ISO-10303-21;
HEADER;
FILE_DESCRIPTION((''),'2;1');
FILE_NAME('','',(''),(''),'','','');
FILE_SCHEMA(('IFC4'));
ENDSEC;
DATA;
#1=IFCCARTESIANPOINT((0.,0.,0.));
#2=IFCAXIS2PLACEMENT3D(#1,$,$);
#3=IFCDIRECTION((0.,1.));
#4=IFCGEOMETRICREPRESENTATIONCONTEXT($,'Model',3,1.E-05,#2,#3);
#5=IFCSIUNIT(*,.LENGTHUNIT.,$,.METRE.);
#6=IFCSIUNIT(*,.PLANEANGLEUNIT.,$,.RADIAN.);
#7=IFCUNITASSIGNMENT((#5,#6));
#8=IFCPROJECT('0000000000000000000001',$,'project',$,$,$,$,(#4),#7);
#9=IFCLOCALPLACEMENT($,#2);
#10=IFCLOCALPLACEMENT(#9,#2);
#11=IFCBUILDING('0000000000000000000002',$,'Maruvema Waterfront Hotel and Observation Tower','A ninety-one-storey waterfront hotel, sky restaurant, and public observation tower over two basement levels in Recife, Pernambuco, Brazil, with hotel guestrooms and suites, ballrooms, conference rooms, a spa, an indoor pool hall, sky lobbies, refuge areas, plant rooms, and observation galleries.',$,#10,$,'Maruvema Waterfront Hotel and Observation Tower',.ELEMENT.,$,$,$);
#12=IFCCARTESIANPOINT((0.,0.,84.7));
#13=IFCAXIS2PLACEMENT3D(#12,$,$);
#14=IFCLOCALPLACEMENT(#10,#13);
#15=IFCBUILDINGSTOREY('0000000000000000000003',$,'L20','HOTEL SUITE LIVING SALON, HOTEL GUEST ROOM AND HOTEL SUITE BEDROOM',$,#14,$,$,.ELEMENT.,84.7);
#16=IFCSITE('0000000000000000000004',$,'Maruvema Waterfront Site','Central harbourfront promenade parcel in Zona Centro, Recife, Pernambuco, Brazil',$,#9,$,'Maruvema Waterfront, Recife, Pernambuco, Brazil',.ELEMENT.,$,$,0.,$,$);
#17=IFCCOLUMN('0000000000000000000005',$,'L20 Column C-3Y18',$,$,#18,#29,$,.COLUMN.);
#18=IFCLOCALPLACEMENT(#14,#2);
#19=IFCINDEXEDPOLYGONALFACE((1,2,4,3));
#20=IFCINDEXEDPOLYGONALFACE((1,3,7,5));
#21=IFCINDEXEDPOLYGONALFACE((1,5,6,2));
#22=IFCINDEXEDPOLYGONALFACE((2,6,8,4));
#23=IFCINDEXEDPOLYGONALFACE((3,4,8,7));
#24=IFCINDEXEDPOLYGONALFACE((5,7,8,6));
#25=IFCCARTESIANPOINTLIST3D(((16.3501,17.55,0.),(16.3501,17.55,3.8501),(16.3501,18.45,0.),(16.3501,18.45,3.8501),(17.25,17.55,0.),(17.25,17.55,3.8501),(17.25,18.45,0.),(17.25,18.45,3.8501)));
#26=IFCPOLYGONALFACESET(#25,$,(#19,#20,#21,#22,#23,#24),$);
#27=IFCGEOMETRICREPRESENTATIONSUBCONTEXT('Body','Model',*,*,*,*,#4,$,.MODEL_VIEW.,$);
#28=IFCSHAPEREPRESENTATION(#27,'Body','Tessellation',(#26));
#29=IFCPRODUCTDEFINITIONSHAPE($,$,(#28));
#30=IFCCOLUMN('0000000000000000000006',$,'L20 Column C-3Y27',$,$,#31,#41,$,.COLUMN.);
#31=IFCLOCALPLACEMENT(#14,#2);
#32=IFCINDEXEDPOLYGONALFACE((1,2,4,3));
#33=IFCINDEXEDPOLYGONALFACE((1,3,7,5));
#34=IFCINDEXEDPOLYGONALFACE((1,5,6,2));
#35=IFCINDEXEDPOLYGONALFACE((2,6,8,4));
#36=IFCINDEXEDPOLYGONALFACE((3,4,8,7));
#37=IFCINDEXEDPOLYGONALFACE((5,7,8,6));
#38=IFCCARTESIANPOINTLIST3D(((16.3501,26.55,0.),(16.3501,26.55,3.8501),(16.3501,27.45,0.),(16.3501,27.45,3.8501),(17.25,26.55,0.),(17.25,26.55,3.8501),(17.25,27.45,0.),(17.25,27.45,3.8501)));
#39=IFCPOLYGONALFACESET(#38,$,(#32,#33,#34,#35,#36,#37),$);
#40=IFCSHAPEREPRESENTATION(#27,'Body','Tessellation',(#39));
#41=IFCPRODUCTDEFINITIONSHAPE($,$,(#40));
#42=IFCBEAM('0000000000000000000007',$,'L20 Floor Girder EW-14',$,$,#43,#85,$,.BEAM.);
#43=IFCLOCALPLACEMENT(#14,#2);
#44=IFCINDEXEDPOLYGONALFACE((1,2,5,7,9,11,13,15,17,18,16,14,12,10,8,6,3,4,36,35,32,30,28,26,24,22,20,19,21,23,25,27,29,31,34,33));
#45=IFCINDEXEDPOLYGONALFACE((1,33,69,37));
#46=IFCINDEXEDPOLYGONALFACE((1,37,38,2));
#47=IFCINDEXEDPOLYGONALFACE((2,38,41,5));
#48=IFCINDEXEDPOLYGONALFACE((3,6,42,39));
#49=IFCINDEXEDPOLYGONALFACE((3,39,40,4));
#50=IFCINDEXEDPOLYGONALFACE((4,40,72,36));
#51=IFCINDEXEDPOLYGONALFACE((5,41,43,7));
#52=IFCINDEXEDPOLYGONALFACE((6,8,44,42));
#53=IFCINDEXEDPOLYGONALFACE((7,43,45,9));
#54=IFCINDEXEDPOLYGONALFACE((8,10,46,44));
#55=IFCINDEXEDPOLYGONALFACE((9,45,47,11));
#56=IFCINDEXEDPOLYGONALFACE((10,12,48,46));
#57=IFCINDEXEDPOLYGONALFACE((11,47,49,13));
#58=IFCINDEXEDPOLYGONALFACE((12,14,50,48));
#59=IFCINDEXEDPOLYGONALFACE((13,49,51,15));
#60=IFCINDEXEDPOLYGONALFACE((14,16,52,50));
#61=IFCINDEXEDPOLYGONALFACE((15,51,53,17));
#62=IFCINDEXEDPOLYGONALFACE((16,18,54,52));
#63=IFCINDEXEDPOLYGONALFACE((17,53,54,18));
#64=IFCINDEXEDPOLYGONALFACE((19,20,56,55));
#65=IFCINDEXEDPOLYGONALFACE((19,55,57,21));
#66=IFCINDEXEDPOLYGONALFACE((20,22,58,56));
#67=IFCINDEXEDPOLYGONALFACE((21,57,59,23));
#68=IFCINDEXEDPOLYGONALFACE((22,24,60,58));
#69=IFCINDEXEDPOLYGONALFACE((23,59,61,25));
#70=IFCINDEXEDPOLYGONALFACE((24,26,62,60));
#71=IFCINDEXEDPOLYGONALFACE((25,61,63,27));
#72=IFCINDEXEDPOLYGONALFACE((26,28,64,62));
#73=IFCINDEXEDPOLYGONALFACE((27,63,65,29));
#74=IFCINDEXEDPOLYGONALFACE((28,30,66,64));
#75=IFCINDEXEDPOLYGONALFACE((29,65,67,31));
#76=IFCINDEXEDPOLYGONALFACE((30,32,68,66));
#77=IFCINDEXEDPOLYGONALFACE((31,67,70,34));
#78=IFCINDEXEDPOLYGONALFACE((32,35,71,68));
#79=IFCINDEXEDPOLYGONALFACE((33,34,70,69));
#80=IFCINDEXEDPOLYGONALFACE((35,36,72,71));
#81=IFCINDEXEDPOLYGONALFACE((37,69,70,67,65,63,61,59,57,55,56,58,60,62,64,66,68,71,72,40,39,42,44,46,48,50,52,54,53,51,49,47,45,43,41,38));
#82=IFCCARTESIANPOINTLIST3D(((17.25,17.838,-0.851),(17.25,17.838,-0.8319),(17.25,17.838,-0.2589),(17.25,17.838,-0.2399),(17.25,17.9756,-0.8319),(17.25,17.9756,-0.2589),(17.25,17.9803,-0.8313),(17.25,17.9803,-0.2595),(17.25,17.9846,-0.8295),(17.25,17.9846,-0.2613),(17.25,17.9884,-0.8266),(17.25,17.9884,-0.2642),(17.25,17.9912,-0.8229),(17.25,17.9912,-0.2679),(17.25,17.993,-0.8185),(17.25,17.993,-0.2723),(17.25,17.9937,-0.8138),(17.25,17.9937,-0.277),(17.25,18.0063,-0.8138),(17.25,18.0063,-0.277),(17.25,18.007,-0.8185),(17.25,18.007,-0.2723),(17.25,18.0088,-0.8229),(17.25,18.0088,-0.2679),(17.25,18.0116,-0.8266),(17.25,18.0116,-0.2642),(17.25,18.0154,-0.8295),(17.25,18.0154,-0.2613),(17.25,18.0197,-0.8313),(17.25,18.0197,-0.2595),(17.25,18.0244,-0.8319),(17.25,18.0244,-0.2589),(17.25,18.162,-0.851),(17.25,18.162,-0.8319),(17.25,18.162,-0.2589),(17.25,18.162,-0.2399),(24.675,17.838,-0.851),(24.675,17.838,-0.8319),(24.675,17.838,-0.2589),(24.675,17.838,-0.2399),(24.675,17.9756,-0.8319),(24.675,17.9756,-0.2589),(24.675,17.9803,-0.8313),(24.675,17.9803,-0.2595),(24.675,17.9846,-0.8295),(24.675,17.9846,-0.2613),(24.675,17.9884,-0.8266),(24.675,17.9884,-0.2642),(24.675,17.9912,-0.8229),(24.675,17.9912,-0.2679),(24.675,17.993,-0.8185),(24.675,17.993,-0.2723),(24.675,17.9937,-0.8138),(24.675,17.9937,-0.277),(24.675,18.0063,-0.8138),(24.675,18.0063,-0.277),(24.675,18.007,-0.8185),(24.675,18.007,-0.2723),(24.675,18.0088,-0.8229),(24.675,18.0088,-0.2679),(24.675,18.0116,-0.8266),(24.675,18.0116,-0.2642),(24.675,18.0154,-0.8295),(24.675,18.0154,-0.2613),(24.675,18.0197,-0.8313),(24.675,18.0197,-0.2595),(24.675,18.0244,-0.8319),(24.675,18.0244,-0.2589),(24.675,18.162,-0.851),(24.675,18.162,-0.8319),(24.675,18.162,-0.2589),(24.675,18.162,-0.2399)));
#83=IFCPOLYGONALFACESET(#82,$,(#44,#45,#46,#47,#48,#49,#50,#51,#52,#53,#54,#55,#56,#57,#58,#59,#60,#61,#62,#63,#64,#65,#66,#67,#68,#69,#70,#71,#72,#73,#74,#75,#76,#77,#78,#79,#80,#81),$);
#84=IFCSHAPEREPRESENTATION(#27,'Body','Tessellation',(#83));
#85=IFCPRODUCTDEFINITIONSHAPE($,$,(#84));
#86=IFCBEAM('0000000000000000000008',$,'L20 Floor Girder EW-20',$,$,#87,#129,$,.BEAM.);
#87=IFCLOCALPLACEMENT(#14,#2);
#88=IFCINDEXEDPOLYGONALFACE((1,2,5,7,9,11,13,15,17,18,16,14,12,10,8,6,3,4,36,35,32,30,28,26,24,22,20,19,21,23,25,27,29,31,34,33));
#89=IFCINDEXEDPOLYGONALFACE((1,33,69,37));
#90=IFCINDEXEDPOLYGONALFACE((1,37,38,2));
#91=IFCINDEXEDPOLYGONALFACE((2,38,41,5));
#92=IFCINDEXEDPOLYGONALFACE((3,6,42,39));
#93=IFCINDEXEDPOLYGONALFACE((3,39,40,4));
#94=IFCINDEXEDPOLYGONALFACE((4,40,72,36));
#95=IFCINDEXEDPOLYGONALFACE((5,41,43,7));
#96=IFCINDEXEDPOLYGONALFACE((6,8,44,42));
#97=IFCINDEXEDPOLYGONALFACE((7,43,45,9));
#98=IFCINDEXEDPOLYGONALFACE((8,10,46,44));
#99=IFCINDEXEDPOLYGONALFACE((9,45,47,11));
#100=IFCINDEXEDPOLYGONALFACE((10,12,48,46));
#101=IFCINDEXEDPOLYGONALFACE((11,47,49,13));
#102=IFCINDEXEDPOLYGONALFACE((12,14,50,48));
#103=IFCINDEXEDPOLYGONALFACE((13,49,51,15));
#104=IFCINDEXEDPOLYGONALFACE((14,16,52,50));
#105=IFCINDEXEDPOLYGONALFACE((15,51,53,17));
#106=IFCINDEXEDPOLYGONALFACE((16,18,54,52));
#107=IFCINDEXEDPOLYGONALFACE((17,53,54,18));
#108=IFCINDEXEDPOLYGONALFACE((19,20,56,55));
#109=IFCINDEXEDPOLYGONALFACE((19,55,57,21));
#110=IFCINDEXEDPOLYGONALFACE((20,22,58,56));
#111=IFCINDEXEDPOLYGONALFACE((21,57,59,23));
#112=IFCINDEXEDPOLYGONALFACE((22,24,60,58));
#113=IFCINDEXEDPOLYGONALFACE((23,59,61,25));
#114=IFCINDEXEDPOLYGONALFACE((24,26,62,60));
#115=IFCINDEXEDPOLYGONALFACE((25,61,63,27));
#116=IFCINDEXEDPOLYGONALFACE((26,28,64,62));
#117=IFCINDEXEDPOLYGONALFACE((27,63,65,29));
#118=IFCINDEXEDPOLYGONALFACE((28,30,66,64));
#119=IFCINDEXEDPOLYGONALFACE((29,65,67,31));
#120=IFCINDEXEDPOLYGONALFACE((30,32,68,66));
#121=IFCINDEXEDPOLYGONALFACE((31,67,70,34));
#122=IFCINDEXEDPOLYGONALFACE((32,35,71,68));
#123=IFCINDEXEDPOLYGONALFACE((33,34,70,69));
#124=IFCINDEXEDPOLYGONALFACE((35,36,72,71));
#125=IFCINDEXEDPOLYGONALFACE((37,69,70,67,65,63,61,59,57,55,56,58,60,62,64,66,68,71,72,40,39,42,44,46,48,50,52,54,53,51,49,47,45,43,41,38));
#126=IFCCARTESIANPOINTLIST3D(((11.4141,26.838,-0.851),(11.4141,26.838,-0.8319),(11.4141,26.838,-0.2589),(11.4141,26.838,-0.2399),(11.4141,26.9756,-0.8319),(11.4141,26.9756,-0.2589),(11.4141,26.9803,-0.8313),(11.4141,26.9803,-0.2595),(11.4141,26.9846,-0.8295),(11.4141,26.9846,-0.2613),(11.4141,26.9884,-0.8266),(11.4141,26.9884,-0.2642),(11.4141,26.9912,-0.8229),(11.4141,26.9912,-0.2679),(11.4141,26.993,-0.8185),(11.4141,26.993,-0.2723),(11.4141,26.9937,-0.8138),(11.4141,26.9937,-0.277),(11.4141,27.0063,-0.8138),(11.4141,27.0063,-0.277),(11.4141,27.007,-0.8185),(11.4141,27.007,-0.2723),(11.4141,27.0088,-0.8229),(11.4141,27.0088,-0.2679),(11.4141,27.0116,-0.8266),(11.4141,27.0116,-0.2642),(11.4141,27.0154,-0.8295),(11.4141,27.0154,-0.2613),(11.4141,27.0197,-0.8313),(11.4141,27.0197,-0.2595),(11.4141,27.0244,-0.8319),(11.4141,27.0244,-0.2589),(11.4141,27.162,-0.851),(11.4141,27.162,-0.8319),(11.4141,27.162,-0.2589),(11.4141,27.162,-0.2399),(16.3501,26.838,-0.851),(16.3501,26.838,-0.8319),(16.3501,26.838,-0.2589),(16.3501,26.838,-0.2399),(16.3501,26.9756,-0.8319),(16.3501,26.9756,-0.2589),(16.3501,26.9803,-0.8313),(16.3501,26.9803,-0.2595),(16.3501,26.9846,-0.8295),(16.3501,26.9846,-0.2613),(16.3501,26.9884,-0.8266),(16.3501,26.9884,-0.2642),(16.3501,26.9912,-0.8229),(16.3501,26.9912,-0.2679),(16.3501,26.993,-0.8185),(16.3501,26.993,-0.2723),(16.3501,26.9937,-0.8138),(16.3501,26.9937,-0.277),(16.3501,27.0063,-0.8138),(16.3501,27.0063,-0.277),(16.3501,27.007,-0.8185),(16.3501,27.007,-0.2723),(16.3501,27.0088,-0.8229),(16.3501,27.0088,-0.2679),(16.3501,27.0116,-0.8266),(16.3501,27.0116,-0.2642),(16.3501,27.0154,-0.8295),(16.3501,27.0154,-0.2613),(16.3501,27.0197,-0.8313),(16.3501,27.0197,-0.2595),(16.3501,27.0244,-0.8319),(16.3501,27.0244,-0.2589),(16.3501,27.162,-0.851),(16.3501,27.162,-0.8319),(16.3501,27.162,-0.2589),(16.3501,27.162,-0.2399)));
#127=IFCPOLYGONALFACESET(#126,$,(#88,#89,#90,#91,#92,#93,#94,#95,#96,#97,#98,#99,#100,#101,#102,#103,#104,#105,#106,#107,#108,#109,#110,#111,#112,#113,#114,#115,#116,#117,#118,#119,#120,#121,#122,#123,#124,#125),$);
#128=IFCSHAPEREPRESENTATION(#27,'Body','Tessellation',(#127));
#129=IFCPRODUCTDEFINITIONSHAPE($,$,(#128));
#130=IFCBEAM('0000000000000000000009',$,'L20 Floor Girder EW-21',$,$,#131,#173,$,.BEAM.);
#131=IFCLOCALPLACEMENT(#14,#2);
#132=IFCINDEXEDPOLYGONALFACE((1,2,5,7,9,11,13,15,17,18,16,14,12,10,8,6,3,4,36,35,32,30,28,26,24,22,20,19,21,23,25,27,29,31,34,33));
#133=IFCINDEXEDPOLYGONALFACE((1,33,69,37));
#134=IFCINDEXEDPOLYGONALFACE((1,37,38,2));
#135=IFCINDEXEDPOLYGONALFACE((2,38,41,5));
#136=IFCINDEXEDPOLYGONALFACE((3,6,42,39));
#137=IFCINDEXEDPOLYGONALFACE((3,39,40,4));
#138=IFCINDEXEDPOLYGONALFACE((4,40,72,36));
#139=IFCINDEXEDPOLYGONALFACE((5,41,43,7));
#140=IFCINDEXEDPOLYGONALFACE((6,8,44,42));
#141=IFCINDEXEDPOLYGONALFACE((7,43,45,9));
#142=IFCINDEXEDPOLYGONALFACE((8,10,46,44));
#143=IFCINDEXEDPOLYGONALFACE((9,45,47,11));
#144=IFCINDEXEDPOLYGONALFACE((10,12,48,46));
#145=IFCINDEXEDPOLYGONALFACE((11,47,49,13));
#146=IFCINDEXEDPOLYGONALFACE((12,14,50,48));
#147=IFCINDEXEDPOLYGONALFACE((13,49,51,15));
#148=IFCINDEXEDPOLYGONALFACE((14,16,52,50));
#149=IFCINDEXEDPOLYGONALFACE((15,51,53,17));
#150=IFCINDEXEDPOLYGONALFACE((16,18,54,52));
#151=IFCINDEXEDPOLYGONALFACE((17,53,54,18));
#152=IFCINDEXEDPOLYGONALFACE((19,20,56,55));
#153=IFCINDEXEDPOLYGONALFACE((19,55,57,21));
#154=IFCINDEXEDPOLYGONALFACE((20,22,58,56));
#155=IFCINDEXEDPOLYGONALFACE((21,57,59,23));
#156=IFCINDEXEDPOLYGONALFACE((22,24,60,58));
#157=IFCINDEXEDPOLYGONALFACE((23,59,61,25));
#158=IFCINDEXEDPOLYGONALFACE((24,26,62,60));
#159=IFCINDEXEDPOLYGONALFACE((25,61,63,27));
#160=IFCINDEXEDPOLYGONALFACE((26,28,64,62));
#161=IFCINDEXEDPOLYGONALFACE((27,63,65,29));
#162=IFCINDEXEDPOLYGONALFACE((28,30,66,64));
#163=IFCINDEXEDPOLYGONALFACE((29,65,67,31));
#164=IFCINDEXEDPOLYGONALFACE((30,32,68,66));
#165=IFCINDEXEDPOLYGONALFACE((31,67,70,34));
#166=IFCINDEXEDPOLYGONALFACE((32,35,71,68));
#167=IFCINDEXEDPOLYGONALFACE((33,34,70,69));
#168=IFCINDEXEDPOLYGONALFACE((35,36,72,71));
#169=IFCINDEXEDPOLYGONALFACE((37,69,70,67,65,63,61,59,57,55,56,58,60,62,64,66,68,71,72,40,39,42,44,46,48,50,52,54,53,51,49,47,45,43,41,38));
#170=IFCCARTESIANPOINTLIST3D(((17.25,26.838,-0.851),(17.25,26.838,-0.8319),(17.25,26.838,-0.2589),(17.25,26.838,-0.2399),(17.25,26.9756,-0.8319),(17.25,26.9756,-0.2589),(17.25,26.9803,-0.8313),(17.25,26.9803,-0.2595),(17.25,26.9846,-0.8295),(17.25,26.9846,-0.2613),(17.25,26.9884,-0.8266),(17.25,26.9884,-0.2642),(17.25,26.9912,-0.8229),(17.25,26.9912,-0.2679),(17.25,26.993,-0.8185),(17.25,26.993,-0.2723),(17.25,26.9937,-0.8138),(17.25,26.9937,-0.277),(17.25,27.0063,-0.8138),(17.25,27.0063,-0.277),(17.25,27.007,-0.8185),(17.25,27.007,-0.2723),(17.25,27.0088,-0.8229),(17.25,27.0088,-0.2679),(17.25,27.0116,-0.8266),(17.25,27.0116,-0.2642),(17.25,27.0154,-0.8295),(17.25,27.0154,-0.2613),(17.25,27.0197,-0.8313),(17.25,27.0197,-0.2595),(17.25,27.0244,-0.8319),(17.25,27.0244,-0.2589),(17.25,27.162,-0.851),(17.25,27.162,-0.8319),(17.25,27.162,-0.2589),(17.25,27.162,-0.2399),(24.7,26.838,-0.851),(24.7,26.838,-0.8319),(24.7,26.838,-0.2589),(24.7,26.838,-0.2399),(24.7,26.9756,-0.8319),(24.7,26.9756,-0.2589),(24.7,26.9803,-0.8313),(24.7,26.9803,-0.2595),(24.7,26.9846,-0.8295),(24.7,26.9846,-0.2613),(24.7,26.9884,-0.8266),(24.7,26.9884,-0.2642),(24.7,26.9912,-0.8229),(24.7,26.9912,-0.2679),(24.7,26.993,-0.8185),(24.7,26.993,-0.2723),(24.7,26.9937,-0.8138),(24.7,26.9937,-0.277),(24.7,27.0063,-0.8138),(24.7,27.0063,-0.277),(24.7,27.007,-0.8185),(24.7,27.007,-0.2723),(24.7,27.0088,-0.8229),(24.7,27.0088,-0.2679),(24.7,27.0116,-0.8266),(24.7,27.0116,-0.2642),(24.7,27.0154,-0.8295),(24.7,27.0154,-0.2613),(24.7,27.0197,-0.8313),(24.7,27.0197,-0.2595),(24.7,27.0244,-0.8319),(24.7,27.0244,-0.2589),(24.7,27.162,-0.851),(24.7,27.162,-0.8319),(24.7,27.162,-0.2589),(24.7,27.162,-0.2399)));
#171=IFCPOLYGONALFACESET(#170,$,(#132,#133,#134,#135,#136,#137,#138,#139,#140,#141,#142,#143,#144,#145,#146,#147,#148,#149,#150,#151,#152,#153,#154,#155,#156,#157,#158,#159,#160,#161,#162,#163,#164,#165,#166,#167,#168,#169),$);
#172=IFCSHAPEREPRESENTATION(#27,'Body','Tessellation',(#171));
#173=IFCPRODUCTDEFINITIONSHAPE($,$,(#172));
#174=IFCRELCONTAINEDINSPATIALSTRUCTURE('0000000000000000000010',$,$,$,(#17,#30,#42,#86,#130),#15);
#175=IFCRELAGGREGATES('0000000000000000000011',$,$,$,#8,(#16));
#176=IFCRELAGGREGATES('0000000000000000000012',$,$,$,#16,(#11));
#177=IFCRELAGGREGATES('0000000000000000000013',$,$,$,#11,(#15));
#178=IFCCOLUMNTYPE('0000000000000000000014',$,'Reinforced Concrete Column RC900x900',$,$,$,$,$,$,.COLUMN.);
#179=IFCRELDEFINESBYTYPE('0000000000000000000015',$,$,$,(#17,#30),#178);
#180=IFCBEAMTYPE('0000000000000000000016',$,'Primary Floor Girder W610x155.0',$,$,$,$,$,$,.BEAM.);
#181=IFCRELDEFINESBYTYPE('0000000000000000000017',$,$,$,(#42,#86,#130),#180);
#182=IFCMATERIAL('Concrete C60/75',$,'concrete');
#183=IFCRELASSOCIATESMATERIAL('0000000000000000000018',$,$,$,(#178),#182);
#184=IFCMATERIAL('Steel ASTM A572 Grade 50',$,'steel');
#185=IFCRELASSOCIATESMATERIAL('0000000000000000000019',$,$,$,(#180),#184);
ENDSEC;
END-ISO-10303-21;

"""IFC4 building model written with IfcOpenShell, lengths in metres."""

from ifc_helpers import new_model, si_unit, direction, frame, origin, origin_2d, place, context, subcontext, project, spatial, rectangle, i_section, extrude, material, material_profile, profile_set, type_object, element, save


model = new_model("IFC4")

# Units and contexts
model_context = context("Model", 3, precision=1e-05, world=origin(), true_north=direction((0.0, 1.0)))
body_context = subcontext(model_context, "Body", "Model", "MODEL_VIEW")
ifc_project = project(units=[si_unit("LENGTHUNIT", "METRE"), si_unit("PLANEANGLEUNIT", "RADIAN")], contexts=[model_context])

# Site, building, storey
site_placement = place(None, origin())
site = spatial("IfcSite", under=ifc_project, at=site_placement, Name="Maruvema Waterfront Site", Description="Central harbourfront promenade parcel in Zona Centro, Recife, Pernambuco, Brazil", LongName="Maruvema Waterfront, Recife, Pernambuco, Brazil", CompositionType="ELEMENT", RefElevation=0.0)
building_placement = place(site_placement, origin())
building = spatial("IfcBuilding", under=site, at=building_placement, Name="Maruvema Waterfront Hotel and Observation Tower", Description="A ninety-one-storey waterfront hotel, sky restaurant, and public observation tower over two basement levels in Recife, Pernambuco, Brazil, with hotel guestrooms and suites, ballrooms, conference rooms, a spa, an indoor pool hall, sky lobbies, refuge areas, plant rooms, and observation galleries.", LongName="Maruvema Waterfront Hotel and Observation Tower", CompositionType="ELEMENT")
storey_placement = place(building_placement, frame((0.0, 0.0, 84.7)))
storey = spatial("IfcBuildingStorey", under=building, at=storey_placement, Name="L20", Description="HOTEL SUITE LIVING SALON, HOTEL GUEST ROOM AND HOTEL SUITE BEDROOM", CompositionType="ELEMENT", Elevation=84.7)

# Columns
ifc_material_1 = material(Name="Concrete C60/75", Category="concrete")
ifc_material_profile_1 = material_profile(ifc_material_1, rectangle(XDim=0.8999, YDim=0.8999, at=origin_2d()), Name="RC900x900")
ifc_profile_set_1 = profile_set([ifc_material_profile_1], Name="Concrete C60/75")
column_type = type_object("IfcColumnType", Name="Reinforced Concrete Column RC900x900", PredefinedType="COLUMN", material=ifc_profile_set_1)
for number, where, z_axis, x_axis, name in (
    (1, (16.8, 18.0, 0.0), (0.0, 0.0, 1.0), (1.0, 0.0, 0.0), "L20 Column C-3Y18"),
    (2, (16.8, 27.0, 0.0), (0.0, 0.0, 1.0), (1.0, 0.0, 0.0), "L20 Column C-3Y27"),
):
    element("IfcColumn", number, at=place(storey_placement, frame(where, z_axis=z_axis, x_axis=x_axis)), inside=storey, type_object=column_type, Name=name, PredefinedType="COLUMN", context=body_context, shape_type="SweptSolid", body=[
        extrude(rectangle(XDim=0.8999, YDim=0.8999, at=origin_2d()), origin(), (0.0, 0.0, 1.0), 3.8501),
    ])

# Beams
ifc_material_2 = material(Name="Steel ASTM A572 Grade 50", Category="steel")
ifc_material_profile_2 = material_profile(ifc_material_2, i_section(OverallWidth=0.324, OverallDepth=0.6111, WebThickness=0.0127, FlangeThickness=0.019, FilletRadius=0.0181, at=origin_2d()), Name="W610x155.0")
ifc_profile_set_2 = profile_set([ifc_material_profile_2], Name="Steel ASTM A572 Grade 50")
beam_type_1 = type_object("IfcBeamType", Name="Primary Floor Girder W610x155.0", PredefinedType="BEAM", material=ifc_profile_set_2)
beam_1_placement = place(storey_placement, frame((17.25, 18.0, -0.5454), z_axis=(1.0, 0.0, 0.0), x_axis=(0.0, 1.0, 0.0)))
element("IfcBeam", 3, at=beam_1_placement, inside=storey, type_object=beam_type_1, Name="L20 Floor Girder EW-14", PredefinedType="BEAM", context=body_context, shape_type="SweptSolid", body=[
    extrude(i_section(OverallWidth=0.324, OverallDepth=0.6111, WebThickness=0.0127, FlangeThickness=0.019, FilletRadius=0.0181, at=origin_2d()), origin(), (0.0, 0.0, 1.0), 7.425),
])
beam_2_placement = place(storey_placement, frame((11.4141, 27.0, -0.5454), z_axis=(1.0, 0.0, 0.0), x_axis=(0.0, 1.0, 0.0)))
element("IfcBeam", 4, at=beam_2_placement, inside=storey, type_object=beam_type_1, Name="L20 Floor Girder EW-20", PredefinedType="BEAM", context=body_context, shape_type="SweptSolid", body=[
    extrude(i_section(OverallWidth=0.324, OverallDepth=0.6111, WebThickness=0.0127, FlangeThickness=0.019, FilletRadius=0.0181, at=origin_2d()), origin(), (0.0, 0.0, 1.0), 4.936),
])
beam_3_placement = place(storey_placement, frame((17.25, 27.0, -0.5454), z_axis=(1.0, 0.0, 0.0), x_axis=(0.0, 1.0, 0.0)))
element("IfcBeam", 5, at=beam_3_placement, inside=storey, type_object=beam_type_1, Name="L20 Floor Girder EW-21", PredefinedType="BEAM", context=body_context, shape_type="SweptSolid", body=[
    extrude(i_section(OverallWidth=0.324, OverallDepth=0.6111, WebThickness=0.0127, FlangeThickness=0.019, FilletRadius=0.0181, at=origin_2d()), origin(), (0.0, 0.0, 1.0), 7.45),
])

save(model, "model.ifc")
